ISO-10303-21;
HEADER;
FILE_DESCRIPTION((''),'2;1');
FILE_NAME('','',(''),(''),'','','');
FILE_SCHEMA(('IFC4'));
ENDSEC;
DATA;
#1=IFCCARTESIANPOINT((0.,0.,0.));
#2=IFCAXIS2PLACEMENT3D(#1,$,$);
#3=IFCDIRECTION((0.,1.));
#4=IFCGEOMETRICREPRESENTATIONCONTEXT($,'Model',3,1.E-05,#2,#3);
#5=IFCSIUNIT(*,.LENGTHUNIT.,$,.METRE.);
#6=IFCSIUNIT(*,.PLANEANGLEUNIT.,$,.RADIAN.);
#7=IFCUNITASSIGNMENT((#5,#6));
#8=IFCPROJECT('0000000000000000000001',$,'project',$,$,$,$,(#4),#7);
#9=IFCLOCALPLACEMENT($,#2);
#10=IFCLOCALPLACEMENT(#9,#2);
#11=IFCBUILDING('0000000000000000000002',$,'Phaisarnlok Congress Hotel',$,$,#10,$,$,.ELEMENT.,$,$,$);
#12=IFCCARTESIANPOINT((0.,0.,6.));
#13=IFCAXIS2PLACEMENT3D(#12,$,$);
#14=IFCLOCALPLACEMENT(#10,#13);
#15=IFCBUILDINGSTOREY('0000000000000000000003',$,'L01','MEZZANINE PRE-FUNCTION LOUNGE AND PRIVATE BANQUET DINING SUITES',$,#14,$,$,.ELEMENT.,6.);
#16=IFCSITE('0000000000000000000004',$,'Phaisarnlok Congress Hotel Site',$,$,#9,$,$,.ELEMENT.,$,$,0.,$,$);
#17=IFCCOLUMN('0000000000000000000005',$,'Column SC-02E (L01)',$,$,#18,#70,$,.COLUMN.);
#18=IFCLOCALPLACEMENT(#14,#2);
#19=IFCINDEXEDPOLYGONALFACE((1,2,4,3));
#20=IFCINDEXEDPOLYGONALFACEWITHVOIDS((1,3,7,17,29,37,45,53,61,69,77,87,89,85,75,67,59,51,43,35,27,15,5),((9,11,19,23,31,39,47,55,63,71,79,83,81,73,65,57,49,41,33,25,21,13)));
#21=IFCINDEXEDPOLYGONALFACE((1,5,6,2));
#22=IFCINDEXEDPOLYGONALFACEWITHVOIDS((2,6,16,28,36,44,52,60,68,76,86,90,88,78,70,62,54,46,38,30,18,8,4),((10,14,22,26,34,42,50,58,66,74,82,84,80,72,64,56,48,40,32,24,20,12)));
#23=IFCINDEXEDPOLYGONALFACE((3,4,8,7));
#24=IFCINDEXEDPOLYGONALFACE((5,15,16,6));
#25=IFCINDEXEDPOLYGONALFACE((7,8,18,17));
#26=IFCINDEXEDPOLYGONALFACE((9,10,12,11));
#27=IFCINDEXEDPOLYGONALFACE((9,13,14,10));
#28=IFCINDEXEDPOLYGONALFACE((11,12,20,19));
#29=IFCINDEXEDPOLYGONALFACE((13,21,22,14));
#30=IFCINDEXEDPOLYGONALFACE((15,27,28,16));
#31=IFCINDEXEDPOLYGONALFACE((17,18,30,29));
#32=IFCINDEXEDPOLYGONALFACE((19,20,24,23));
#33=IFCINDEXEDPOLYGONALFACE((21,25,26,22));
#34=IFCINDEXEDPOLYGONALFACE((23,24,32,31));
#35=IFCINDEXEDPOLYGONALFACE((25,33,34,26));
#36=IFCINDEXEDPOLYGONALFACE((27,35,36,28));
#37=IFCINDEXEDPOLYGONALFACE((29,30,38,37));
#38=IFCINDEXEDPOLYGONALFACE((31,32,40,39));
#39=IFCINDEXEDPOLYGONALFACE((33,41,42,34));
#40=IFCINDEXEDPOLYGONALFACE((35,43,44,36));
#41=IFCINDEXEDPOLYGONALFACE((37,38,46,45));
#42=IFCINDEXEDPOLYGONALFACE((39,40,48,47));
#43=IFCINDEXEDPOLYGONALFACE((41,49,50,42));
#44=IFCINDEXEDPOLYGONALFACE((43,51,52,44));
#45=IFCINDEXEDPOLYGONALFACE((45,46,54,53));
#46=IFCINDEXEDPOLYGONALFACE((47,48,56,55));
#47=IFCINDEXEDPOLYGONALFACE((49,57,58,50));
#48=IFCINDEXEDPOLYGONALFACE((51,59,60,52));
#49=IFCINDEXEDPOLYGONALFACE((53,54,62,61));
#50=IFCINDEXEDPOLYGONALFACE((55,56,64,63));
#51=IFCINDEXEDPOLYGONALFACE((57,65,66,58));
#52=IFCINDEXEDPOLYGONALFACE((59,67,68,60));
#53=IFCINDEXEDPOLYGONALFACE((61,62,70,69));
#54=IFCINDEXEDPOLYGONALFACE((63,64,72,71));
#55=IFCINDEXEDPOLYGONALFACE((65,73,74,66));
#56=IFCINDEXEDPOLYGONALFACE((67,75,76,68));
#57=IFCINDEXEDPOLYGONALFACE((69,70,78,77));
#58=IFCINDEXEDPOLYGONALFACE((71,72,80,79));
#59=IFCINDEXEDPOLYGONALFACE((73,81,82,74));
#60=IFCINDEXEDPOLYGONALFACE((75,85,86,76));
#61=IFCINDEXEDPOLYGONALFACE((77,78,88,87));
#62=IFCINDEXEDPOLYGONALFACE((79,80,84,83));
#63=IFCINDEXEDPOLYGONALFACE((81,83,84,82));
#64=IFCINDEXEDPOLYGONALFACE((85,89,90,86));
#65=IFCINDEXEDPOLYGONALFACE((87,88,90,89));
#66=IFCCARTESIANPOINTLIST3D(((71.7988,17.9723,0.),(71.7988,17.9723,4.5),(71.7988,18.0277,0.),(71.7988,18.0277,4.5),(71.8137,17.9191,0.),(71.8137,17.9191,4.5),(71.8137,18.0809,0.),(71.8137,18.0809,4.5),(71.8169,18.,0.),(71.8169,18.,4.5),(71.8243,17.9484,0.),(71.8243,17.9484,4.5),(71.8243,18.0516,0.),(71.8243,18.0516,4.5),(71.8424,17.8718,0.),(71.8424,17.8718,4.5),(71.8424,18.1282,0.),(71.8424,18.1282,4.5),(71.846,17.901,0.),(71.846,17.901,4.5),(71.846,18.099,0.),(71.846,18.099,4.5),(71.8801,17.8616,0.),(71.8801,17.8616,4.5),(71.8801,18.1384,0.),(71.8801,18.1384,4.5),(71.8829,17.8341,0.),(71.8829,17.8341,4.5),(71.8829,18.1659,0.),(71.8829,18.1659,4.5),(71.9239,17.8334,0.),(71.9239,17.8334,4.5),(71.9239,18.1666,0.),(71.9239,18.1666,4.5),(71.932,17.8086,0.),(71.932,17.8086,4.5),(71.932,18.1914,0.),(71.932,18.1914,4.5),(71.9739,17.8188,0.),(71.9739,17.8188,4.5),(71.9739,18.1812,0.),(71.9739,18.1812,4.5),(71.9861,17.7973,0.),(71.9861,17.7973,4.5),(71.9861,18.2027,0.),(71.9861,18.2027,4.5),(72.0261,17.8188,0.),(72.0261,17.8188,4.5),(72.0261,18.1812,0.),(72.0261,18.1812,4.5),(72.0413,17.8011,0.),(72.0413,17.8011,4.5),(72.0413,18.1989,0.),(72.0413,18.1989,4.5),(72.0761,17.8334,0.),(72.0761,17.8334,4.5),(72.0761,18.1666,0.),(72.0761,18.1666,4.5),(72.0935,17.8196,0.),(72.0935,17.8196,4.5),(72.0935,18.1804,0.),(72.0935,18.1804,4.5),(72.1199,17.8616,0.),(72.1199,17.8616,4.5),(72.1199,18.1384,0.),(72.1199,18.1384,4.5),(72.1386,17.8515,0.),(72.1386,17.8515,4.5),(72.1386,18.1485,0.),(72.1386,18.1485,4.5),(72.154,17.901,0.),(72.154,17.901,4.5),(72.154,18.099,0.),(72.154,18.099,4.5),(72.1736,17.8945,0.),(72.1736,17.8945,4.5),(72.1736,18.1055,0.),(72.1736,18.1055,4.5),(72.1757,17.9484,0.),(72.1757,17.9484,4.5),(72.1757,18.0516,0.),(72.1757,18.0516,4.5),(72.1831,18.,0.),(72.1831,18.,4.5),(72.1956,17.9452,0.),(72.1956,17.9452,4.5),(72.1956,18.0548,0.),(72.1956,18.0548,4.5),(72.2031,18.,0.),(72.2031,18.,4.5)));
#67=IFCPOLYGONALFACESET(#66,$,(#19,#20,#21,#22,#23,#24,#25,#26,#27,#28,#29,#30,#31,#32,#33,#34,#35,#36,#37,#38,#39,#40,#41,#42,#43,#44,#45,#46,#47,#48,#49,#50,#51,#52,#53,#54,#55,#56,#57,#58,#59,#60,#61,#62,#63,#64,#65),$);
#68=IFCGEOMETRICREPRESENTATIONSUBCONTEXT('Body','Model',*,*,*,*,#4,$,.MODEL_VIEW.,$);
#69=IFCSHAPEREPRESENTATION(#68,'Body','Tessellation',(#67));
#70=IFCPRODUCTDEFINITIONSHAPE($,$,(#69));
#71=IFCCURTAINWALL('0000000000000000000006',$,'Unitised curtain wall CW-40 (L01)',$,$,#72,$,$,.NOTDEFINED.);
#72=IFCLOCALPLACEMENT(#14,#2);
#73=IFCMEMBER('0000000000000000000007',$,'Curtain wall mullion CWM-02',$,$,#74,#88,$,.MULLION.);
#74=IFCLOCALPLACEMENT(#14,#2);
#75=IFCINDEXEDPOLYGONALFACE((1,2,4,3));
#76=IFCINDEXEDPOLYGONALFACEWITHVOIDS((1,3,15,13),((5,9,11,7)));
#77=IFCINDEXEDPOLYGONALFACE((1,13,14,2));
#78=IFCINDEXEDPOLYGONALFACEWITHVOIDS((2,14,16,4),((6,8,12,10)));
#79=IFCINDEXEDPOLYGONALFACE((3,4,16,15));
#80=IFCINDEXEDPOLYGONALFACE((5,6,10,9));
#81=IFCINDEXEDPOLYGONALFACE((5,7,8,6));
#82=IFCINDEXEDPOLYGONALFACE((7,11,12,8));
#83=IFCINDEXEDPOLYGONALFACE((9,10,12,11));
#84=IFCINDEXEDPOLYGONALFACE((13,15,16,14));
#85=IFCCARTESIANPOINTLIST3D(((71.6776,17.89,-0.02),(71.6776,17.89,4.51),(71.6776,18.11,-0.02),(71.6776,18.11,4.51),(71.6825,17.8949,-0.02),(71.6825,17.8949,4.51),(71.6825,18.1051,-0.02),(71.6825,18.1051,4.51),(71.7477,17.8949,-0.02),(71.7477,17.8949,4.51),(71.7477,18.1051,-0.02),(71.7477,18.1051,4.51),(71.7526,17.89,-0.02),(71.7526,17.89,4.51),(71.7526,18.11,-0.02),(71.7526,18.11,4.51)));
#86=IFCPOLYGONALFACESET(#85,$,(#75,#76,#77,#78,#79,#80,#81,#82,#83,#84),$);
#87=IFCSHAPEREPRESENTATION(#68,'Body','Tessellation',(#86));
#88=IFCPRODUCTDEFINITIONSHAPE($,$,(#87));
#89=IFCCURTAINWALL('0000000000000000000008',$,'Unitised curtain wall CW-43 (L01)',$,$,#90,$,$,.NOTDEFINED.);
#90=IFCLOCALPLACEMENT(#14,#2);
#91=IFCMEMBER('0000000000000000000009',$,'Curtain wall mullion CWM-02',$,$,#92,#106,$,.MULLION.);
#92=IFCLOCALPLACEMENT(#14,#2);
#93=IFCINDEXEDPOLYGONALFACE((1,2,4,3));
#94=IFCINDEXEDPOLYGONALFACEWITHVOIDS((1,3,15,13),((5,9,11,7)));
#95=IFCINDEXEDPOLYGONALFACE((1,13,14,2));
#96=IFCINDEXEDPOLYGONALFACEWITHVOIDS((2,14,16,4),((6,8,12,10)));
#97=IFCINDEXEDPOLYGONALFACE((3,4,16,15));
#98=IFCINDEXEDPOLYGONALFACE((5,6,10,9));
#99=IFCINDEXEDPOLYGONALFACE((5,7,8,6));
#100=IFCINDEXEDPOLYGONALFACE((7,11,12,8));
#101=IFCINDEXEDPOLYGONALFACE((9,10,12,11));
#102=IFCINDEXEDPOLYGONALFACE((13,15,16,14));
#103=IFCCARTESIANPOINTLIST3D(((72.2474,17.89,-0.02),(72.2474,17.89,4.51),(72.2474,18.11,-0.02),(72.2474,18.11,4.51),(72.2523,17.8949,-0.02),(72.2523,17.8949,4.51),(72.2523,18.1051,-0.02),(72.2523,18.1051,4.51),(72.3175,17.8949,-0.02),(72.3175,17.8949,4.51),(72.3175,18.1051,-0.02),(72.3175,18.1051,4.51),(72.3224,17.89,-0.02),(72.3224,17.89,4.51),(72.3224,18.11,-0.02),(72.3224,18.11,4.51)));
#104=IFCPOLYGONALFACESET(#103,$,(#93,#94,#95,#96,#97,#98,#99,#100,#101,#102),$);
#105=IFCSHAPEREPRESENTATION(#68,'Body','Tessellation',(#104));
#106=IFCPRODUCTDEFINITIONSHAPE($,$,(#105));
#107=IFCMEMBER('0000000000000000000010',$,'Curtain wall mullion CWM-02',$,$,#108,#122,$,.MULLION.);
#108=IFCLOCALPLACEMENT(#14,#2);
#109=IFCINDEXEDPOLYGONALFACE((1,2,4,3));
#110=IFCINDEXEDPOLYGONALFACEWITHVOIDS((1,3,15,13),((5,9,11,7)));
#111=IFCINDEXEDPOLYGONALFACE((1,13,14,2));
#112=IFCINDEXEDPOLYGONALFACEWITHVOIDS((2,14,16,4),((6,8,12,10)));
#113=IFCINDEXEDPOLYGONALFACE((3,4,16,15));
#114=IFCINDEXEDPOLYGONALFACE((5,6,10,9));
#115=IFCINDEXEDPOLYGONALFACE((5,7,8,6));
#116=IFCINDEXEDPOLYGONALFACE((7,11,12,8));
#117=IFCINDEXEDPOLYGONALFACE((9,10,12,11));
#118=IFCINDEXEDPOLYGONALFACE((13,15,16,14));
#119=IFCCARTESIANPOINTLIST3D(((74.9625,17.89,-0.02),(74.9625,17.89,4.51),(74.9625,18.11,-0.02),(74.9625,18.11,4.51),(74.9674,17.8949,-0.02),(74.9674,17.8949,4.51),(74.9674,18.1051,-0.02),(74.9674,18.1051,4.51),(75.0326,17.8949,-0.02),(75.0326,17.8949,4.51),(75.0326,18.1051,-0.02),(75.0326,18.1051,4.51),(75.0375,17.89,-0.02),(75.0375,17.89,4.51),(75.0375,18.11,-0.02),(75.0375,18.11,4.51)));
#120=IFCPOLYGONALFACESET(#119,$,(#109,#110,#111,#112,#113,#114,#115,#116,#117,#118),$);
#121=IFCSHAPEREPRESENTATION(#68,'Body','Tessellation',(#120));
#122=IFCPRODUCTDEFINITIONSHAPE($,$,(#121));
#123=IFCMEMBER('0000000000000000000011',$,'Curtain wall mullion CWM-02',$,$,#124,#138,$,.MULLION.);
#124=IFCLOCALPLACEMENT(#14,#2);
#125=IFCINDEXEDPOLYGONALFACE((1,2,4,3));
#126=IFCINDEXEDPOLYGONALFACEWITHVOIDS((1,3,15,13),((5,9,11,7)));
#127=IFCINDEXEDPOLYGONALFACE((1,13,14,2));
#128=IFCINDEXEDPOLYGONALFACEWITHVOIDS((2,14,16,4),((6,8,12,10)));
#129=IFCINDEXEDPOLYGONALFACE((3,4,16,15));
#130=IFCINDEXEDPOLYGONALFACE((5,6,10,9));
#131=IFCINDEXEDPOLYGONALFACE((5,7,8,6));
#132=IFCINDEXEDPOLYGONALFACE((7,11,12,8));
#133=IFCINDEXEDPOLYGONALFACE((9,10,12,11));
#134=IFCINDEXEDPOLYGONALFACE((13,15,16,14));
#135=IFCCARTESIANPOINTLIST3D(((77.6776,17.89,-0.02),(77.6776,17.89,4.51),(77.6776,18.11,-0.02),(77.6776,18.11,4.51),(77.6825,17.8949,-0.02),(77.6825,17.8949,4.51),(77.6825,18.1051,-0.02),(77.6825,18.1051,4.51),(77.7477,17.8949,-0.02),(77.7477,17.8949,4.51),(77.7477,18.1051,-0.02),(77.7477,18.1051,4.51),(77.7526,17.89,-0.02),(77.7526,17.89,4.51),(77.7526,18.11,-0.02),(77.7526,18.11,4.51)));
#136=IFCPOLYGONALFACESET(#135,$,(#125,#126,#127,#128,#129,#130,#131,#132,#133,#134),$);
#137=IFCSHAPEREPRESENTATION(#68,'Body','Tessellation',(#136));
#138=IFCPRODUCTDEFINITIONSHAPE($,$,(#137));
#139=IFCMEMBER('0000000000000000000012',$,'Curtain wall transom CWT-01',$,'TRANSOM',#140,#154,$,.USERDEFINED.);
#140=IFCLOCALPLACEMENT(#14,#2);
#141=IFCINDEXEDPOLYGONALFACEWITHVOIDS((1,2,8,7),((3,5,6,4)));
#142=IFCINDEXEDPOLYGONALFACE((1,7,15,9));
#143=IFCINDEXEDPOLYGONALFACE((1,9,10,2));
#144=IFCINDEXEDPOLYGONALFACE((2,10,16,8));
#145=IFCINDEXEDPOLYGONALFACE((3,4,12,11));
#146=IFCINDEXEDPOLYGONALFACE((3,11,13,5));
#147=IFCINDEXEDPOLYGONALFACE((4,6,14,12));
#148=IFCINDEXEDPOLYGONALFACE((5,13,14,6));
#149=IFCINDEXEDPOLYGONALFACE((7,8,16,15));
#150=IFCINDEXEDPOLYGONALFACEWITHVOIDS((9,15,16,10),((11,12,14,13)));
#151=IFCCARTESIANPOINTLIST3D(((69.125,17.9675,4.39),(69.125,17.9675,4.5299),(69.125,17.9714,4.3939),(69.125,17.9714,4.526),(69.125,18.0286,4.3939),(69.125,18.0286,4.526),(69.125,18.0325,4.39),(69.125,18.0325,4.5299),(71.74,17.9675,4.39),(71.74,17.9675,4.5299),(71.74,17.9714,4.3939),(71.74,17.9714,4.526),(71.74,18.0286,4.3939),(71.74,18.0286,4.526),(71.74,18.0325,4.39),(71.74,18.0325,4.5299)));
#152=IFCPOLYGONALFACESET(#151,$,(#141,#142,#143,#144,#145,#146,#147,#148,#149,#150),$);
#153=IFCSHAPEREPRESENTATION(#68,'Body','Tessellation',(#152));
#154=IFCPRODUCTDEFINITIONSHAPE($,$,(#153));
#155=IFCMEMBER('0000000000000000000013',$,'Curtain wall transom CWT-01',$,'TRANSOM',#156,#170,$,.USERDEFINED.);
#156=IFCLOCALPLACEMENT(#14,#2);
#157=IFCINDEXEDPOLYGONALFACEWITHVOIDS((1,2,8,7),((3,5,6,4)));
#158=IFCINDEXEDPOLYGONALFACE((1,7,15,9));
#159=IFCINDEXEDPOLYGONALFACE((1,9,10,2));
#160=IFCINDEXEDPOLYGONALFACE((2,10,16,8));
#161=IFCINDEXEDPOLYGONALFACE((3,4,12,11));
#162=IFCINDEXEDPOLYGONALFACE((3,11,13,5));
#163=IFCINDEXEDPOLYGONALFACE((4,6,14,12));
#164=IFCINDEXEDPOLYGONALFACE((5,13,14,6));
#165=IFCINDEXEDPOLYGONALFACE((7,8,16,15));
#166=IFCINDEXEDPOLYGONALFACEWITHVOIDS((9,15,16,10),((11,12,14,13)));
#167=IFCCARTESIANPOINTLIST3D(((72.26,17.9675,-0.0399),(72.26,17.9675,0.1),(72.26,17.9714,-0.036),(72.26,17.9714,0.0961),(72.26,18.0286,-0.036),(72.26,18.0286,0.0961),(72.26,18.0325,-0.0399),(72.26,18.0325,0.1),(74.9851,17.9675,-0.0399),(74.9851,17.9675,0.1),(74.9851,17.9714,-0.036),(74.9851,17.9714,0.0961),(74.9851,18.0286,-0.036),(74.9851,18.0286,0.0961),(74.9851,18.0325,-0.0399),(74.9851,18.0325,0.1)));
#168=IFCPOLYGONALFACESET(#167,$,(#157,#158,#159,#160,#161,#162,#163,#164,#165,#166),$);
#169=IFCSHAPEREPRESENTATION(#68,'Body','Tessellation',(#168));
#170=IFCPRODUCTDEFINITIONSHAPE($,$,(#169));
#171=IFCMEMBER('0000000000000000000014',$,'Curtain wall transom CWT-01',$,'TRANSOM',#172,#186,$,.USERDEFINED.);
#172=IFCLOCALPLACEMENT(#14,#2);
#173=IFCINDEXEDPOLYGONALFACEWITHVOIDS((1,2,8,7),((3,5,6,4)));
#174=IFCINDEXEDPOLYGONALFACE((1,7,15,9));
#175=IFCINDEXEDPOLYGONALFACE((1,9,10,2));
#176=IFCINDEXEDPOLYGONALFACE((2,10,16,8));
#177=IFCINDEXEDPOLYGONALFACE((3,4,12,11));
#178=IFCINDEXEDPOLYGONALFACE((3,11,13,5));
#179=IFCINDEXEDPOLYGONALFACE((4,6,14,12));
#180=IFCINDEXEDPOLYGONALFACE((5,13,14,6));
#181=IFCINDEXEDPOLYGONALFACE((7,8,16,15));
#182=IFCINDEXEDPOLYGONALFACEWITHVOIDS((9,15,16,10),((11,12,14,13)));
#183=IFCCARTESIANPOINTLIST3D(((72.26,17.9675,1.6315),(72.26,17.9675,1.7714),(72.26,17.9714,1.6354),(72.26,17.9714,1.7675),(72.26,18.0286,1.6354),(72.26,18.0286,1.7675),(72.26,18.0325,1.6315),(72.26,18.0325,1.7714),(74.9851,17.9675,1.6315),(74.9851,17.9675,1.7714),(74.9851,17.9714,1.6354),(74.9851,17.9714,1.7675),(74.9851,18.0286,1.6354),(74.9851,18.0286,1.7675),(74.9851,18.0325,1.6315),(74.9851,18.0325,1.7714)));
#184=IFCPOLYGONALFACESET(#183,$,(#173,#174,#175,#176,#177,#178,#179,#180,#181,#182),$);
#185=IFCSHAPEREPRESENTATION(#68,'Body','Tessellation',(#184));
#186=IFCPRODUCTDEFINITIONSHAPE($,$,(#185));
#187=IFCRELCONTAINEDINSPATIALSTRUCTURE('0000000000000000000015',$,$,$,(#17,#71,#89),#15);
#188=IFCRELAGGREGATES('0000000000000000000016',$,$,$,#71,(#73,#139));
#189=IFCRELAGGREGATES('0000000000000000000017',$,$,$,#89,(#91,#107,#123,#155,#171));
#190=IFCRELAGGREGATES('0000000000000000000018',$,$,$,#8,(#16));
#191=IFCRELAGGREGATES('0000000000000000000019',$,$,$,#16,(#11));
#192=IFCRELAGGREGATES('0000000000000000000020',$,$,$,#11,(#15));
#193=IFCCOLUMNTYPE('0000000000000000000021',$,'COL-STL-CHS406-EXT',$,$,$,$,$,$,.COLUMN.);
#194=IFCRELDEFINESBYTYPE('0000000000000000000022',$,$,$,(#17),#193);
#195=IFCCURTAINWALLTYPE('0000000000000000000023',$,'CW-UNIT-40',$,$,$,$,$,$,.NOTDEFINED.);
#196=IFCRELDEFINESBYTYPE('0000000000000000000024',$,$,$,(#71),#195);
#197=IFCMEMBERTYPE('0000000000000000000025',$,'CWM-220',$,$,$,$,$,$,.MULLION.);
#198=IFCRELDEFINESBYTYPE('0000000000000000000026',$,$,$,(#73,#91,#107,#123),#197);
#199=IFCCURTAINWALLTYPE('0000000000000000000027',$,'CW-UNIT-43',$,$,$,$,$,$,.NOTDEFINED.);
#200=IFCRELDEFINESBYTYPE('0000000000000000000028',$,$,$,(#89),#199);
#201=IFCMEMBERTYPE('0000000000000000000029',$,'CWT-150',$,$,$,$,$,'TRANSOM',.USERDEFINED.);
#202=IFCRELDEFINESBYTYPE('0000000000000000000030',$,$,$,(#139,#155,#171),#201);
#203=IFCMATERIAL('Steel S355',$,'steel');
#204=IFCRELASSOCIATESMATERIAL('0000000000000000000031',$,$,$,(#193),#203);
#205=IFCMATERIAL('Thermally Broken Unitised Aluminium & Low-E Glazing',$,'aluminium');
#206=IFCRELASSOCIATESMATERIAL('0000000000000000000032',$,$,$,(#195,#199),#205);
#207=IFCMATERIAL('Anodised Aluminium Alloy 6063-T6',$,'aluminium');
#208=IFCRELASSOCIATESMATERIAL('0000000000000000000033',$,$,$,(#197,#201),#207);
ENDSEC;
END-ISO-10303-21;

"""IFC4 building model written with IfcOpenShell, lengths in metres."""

from ifc_helpers import new_model, si_unit, direction, frame, origin, origin_2d, place, context, subcontext, project, spatial, hollow_rectangle, hollow_circle, extrude, material, material_profile, profile_set, type_object, element, aggregate, save


model = new_model("IFC4")

# Units and contexts
model_context = context("Model", 3, precision=1e-05, world=origin(), true_north=direction((0.0, 1.0)))
body_context = subcontext(model_context, "Body", "Model", "MODEL_VIEW")
ifc_project = project(units=[si_unit("LENGTHUNIT", "METRE"), si_unit("PLANEANGLEUNIT", "RADIAN")], contexts=[model_context])

# Site, building, storey
site_placement = place(None, origin())
site = spatial("IfcSite", under=ifc_project, at=site_placement, Name="Phaisarnlok Congress Hotel Site", CompositionType="ELEMENT", RefElevation=0.0)
building_placement = place(site_placement, origin())
building = spatial("IfcBuilding", under=site, at=building_placement, Name="Phaisarnlok Congress Hotel", CompositionType="ELEMENT")
storey_placement = place(building_placement, frame((0.0, 0.0, 6.0)))
storey = spatial("IfcBuildingStorey", under=building, at=storey_placement, Name="L01", Description="MEZZANINE PRE-FUNCTION LOUNGE AND PRIVATE BANQUET DINING SUITES", CompositionType="ELEMENT", Elevation=6.0)

# Column
ifc_material_1 = material(Name="Steel S355", Category="steel")
ifc_material_profile_1 = material_profile(ifc_material_1, hollow_circle(Radius=0.2031, WallThickness=0.02, at=origin_2d()), Name="CHS 406.4x20")
ifc_profile_set_1 = profile_set([ifc_material_profile_1], Name="Steel S355")
column_type = type_object("IfcColumnType", Name="COL-STL-CHS406-EXT", PredefinedType="COLUMN", material=ifc_profile_set_1)
column_placement = place(storey_placement, frame((72.0, 18.0, 0.0), z_axis=(0.0, 0.0, 1.0), x_axis=(1.0, 0.0, 0.0)))
element("IfcColumn", 1, at=column_placement, inside=storey, type_object=column_type, Name="Column SC-02E (L01)", PredefinedType="COLUMN", context=body_context, shape_type="SweptSolid", body=[
    extrude(hollow_circle(Radius=0.2031, WallThickness=0.02, at=origin_2d()), origin(), (0.0, 0.0, 1.0), 4.5),
])

# Curtain wall, member
ifc_material_2 = material(Name="Thermally Broken Unitised Aluminium & Low-E Glazing", Category="aluminium")
curtain_wall_type_1 = type_object("IfcCurtainWallType", Name="CW-UNIT-40", PredefinedType="NOTDEFINED", material=ifc_material_2)
curtain_wall_1_placement = place(storey_placement, origin())
curtain_wall_1 = element("IfcCurtainWall", 2, at=curtain_wall_1_placement, inside=storey, type_object=curtain_wall_type_1, Name="Unitised curtain wall CW-40 (L01)", PredefinedType="NOTDEFINED")
ifc_material_3 = material(Name="Anodised Aluminium Alloy 6063-T6", Category="aluminium")
ifc_material_profile_2 = material_profile(ifc_material_3, hollow_rectangle(XDim=0.075, YDim=0.22, WallThickness=0.0049, at=origin_2d()), Name="ALU-M 75x220x5")
ifc_profile_set_2 = profile_set([ifc_material_profile_2], Name="Anodised Aluminium Alloy 6063-T6")
member_type_1 = type_object("IfcMemberType", Name="CWM-220", PredefinedType="MULLION", material=ifc_profile_set_2)
member_1_placement = place(storey_placement, frame((71.7151, 18.0, -0.02), z_axis=(0.0, 0.0, 1.0), x_axis=(1.0, 0.0, 0.0)))
member_1 = element("IfcMember", 3, at=member_1_placement, type_object=member_type_1, Name="Curtain wall mullion CWM-02", PredefinedType="MULLION", context=body_context, shape_type="SweptSolid", body=[
    extrude(hollow_rectangle(XDim=0.075, YDim=0.22, WallThickness=0.0049, at=origin_2d()), origin(), (0.0, 0.0, 1.0), 4.53),
])

# Curtain wall, members
curtain_wall_type_2 = type_object("IfcCurtainWallType", Name="CW-UNIT-43", PredefinedType="NOTDEFINED", material=ifc_material_2)
curtain_wall_2_placement = place(storey_placement, origin())
curtain_wall_2 = element("IfcCurtainWall", 4, at=curtain_wall_2_placement, inside=storey, type_object=curtain_wall_type_2, Name="Unitised curtain wall CW-43 (L01)", PredefinedType="NOTDEFINED")
member_2_placement = place(storey_placement, frame((72.2849, 18.0, -0.02), z_axis=(0.0, 0.0, 1.0), x_axis=(1.0, 0.0, 0.0)))
member_2 = element("IfcMember", 5, at=member_2_placement, type_object=member_type_1, Name="Curtain wall mullion CWM-02", PredefinedType="MULLION", context=body_context, shape_type="SweptSolid", body=[
    extrude(hollow_rectangle(XDim=0.075, YDim=0.22, WallThickness=0.0049, at=origin_2d()), origin(), (0.0, 0.0, 1.0), 4.53),
])
member_3_placement = place(storey_placement, frame((75.0, 18.0, -0.02), z_axis=(0.0, 0.0, 1.0), x_axis=(1.0, 0.0, 0.0)))
member_3 = element("IfcMember", 6, at=member_3_placement, type_object=member_type_1, Name="Curtain wall mullion CWM-02", PredefinedType="MULLION", context=body_context, shape_type="SweptSolid", body=[
    extrude(hollow_rectangle(XDim=0.075, YDim=0.22, WallThickness=0.0049, at=origin_2d()), origin(), (0.0, 0.0, 1.0), 4.53),
])
member_4_placement = place(storey_placement, frame((77.7151, 18.0, -0.02), z_axis=(0.0, 0.0, 1.0), x_axis=(1.0, 0.0, 0.0)))
member_4 = element("IfcMember", 7, at=member_4_placement, type_object=member_type_1, Name="Curtain wall mullion CWM-02", PredefinedType="MULLION", context=body_context, shape_type="SweptSolid", body=[
    extrude(hollow_rectangle(XDim=0.075, YDim=0.22, WallThickness=0.0049, at=origin_2d()), origin(), (0.0, 0.0, 1.0), 4.53),
])

# Members
ifc_material_profile_3 = material_profile(ifc_material_3, hollow_rectangle(XDim=0.0649, YDim=0.1399, WallThickness=0.0039, at=origin_2d()), Name="ALU-T 65x140x4")
ifc_profile_set_3 = profile_set([ifc_material_profile_3], Name="Anodised Aluminium Alloy 6063-T6")
member_type_2 = type_object("IfcMemberType", Name="CWT-150", ElementType="TRANSOM", PredefinedType="USERDEFINED", material=ifc_profile_set_3)
member_5_placement = place(storey_placement, frame((69.125, 18.0, 4.46), z_axis=(1.0, 0.0, 0.0), x_axis=(0.0, 1.0, 0.0)))
member_5 = element("IfcMember", 8, at=member_5_placement, type_object=member_type_2, Name="Curtain wall transom CWT-01", ObjectType="TRANSOM", PredefinedType="USERDEFINED", context=body_context, shape_type="SweptSolid", body=[
    extrude(hollow_rectangle(XDim=0.0649, YDim=0.1399, WallThickness=0.0039, at=origin_2d()), origin(), (0.0, 0.0, 1.0), 2.615),
])
member_6_placement = place(storey_placement, frame((72.26, 18.0, 0.03), z_axis=(1.0, 0.0, 0.0), x_axis=(0.0, 1.0, 0.0)))
member_6 = element("IfcMember", 9, at=member_6_placement, type_object=member_type_2, Name="Curtain wall transom CWT-01", ObjectType="TRANSOM", PredefinedType="USERDEFINED", context=body_context, shape_type="SweptSolid", body=[
    extrude(hollow_rectangle(XDim=0.0649, YDim=0.1399, WallThickness=0.0039, at=origin_2d()), origin(), (0.0, 0.0, 1.0), 2.7251),
])
member_7_placement = place(storey_placement, frame((72.26, 18.0, 1.7014), z_axis=(1.0, 0.0, 0.0), x_axis=(0.0, 1.0, 0.0)))
member_7 = element("IfcMember", 10, at=member_7_placement, type_object=member_type_2, Name="Curtain wall transom CWT-01", ObjectType="TRANSOM", PredefinedType="USERDEFINED", context=body_context, shape_type="SweptSolid", body=[
    extrude(hollow_rectangle(XDim=0.0649, YDim=0.1399, WallThickness=0.0039, at=origin_2d()), origin(), (0.0, 0.0, 1.0), 2.7251),
])

aggregate(curtain_wall_1, [member_1, member_5])
aggregate(curtain_wall_2, [member_2, member_3, member_4, member_6, member_7])

save(model, "model.ifc")
